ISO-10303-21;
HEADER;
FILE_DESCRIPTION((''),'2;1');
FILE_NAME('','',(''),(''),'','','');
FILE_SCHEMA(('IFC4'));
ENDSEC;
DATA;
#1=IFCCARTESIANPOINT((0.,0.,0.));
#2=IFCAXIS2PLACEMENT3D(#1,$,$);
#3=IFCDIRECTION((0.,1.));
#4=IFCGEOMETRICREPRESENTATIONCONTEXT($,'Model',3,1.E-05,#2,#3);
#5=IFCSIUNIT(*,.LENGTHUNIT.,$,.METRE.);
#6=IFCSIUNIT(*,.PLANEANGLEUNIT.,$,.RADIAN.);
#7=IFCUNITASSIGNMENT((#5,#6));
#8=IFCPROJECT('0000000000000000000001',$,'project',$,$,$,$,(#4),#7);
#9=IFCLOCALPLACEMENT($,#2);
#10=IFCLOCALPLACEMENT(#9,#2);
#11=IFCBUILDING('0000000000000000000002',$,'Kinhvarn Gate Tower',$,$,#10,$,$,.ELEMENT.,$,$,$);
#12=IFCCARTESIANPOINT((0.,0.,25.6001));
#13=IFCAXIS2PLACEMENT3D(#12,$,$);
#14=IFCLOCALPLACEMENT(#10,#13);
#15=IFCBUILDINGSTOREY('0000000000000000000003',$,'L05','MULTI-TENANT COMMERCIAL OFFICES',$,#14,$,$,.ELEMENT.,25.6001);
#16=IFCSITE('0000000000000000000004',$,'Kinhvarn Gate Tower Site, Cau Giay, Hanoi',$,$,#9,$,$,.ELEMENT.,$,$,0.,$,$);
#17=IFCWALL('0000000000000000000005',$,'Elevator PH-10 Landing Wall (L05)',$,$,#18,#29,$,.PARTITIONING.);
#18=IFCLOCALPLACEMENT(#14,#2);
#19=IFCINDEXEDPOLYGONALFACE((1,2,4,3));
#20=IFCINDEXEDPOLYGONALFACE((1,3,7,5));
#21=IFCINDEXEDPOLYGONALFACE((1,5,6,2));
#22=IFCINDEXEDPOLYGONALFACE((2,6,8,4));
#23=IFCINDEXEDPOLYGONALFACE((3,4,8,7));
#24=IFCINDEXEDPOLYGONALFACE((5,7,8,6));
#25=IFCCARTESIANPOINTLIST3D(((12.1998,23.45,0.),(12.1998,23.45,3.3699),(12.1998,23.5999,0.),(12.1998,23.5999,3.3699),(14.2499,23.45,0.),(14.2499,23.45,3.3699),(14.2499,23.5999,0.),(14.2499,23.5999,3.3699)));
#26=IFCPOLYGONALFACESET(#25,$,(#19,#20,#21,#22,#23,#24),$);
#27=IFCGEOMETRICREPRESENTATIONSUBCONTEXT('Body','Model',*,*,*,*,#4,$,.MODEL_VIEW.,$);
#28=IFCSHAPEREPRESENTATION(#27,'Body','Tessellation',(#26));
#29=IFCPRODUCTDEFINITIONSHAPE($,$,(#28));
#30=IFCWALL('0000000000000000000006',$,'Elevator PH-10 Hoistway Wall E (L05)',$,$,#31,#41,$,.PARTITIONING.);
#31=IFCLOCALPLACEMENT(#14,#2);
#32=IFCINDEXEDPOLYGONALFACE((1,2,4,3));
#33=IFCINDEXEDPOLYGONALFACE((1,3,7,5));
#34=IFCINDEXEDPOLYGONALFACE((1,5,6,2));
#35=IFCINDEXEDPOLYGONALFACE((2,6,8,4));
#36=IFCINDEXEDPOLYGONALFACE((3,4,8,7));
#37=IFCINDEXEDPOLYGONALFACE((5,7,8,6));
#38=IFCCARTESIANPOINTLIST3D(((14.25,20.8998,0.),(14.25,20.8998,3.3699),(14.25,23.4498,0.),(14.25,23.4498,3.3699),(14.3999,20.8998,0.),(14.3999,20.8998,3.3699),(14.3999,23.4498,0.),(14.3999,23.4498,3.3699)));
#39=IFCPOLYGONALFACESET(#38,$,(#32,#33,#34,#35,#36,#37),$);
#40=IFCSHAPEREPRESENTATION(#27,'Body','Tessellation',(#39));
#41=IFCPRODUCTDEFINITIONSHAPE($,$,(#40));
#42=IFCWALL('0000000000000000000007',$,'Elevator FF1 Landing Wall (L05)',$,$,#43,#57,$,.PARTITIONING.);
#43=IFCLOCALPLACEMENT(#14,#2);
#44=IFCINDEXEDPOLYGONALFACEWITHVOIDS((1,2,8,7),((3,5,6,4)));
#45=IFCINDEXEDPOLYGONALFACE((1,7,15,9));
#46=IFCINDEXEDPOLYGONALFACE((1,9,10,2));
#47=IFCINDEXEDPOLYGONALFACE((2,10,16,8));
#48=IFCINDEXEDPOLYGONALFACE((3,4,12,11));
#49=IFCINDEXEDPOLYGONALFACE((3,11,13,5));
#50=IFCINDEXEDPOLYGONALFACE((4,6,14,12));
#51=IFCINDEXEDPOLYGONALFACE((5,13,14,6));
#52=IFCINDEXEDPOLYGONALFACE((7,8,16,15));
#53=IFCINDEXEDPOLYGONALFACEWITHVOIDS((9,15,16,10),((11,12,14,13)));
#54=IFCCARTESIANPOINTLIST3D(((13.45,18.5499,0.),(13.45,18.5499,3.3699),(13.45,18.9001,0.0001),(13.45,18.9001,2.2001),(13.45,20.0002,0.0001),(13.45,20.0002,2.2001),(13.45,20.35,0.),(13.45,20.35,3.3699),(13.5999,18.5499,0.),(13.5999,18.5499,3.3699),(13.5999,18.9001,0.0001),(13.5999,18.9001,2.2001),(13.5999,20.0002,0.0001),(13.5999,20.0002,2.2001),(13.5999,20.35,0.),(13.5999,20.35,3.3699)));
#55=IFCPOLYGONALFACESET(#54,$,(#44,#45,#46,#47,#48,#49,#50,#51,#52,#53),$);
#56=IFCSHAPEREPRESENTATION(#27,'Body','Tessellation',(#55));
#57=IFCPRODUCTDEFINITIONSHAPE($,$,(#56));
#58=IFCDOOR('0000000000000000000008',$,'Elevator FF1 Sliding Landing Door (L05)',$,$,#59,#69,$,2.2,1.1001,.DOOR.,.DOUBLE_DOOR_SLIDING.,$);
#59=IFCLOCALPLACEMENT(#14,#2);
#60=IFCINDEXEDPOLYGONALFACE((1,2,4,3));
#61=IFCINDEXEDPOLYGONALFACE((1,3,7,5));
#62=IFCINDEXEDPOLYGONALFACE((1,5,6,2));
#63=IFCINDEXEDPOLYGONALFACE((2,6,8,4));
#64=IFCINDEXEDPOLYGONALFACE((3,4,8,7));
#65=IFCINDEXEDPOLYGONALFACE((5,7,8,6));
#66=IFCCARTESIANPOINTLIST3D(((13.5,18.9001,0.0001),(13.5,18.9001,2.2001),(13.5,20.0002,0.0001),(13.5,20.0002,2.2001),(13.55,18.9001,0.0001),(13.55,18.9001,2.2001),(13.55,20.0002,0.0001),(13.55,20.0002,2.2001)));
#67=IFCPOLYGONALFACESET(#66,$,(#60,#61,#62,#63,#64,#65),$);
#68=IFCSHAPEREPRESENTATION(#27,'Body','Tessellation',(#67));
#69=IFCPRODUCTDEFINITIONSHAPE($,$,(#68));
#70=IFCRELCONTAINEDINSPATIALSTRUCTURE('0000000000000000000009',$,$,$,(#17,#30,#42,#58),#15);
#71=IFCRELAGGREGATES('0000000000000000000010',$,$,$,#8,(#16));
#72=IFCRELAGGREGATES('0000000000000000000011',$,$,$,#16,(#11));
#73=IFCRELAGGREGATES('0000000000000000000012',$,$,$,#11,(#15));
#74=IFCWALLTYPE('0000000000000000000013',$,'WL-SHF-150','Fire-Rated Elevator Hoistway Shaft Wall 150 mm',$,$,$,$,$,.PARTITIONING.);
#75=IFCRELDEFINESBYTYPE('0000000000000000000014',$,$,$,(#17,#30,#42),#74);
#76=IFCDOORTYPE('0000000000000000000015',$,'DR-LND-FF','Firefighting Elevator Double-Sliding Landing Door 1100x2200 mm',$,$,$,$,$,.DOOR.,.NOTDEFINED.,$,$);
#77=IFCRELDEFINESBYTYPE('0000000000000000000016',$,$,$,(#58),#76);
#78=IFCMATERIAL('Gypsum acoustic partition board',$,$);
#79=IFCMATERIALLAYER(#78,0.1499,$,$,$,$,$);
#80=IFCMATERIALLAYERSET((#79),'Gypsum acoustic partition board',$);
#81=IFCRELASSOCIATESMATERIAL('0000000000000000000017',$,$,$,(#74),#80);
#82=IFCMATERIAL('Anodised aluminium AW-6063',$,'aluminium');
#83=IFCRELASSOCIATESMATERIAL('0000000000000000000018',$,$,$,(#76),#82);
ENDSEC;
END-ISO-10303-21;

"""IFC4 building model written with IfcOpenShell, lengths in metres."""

from ifc_helpers import new_model, si_unit, direction, frame, frame_2d, origin, place, context, subcontext, project, spatial, rectangle, extrude, material, layer, layer_set, type_object, element, fill, save


model = new_model("IFC4")

# Units and contexts
model_context = context("Model", 3, precision=1e-05, world=origin(), true_north=direction((0.0, 1.0)))
body_context = subcontext(model_context, "Body", "Model", "MODEL_VIEW")
ifc_project = project(units=[si_unit("LENGTHUNIT", "METRE"), si_unit("PLANEANGLEUNIT", "RADIAN")], contexts=[model_context])

# Site, building, storey
site_placement = place(None, origin())
site = spatial("IfcSite", under=ifc_project, at=site_placement, Name="Kinhvarn Gate Tower Site, Cau Giay, Hanoi", CompositionType="ELEMENT", RefElevation=0.0)
building_placement = place(site_placement, origin())
building = spatial("IfcBuilding", under=site, at=building_placement, Name="Kinhvarn Gate Tower", CompositionType="ELEMENT")
storey_placement = place(building_placement, frame((0.0, 0.0, 25.6001)))
storey = spatial("IfcBuildingStorey", under=building, at=storey_placement, Name="L05", Description="MULTI-TENANT COMMERCIAL OFFICES", CompositionType="ELEMENT", Elevation=25.6001)

# Shared definitions
ifc_material_1 = material(Name="Gypsum acoustic partition board")

# Shared definitions
ifc_material_2 = material(Name="Anodised aluminium AW-6063", Category="aluminium")

# Walls
ifc_layer_1 = layer(ifc_material_1, 0.1499)
ifc_layer_set_1 = layer_set([ifc_layer_1], Name="Gypsum acoustic partition board")
wall_type_1 = type_object("IfcWallType", Name="WL-SHF-150", Description="Fire-Rated Elevator Hoistway Shaft Wall 150 mm", PredefinedType="PARTITIONING", material=ifc_layer_set_1)
wall_1_placement = place(storey_placement, frame((12.2, 23.5249, 0.0), z_axis=(0.0, 0.0, 1.0), x_axis=(1.0, 0.0, 0.0)))
element("IfcWall", 1, at=wall_1_placement, inside=storey, type_object=wall_type_1, Name="Elevator PH-10 Landing Wall (L05)", PredefinedType="PARTITIONING", context=body_context, shape_type="SweptSolid", body=[
    extrude(rectangle(XDim=2.05, YDim=0.1499, at=frame_2d((1.0249, 0.0))), origin(), (0.0, 0.0, 1.0), 3.3699),
])
wall_2_placement = place(storey_placement, frame((14.325, 20.8999, 0.0), z_axis=(0.0, 0.0, 1.0), x_axis=(0.0, 1.0, 0.0)))
element("IfcWall", 2, at=wall_2_placement, inside=storey, type_object=wall_type_1, Name="Elevator PH-10 Hoistway Wall E (L05)", PredefinedType="PARTITIONING", context=body_context, shape_type="SweptSolid", body=[
    extrude(rectangle(XDim=2.55, YDim=0.1499, at=frame_2d((1.2749, 0.0))), origin(), (0.0, 0.0, 1.0), 3.3699),
])

# Wall, opening, door
wall_3_placement = place(storey_placement, frame((13.5249, 18.55, 0.0), z_axis=(0.0, 0.0, 1.0), x_axis=(0.0, 1.0, 0.0)))
wall_3 = element("IfcWall", 3, at=wall_3_placement, inside=storey, type_object=wall_type_1, Name="Elevator FF1 Landing Wall (L05)", PredefinedType="PARTITIONING", context=body_context, shape_type="SweptSolid", body=[
    extrude(rectangle(XDim=1.8, YDim=0.1499, at=frame_2d((0.8999, 0.0))), origin(), (0.0, 0.0, 1.0), 3.3699),
])
opening_1_placement = place(wall_3_placement, frame((0.3501, 0.0, 0.0)))
opening_1 = element("IfcOpeningElement", 4, at=opening_1_placement, cuts=wall_3, PredefinedType="OPENING", context=body_context, shape_type="SweptSolid", body=[
    extrude(rectangle(XDim=1.1001, YDim=2.2, at=frame_2d((0.55, 1.1001))), frame((0.0, 0.085, 0.0), z_axis=(0.0, -1.0, 0.0), x_axis=(1.0, 0.0, 0.0)), (0.0, 0.0, 1.0), 0.1699),
])
door_type_1 = type_object("IfcDoorType", Name="DR-LND-FF", Description="Firefighting Elevator Double-Sliding Landing Door 1100x2200 mm", OperationType="NOTDEFINED", PredefinedType="DOOR", material=ifc_material_2)
door_1_placement = place(opening_1_placement, origin())
door_1 = element("IfcDoor", 5, at=door_1_placement, inside=storey, type_object=door_type_1, Name="Elevator FF1 Sliding Landing Door (L05)", OperationType="DOUBLE_DOOR_SLIDING", OverallHeight=2.2, OverallWidth=1.1001, PredefinedType="DOOR", context=body_context, shape_type="SweptSolid", body=[
    extrude(rectangle(XDim=1.1001, YDim=2.2, at=frame_2d((0.55, 1.1001))), frame((0.0, 0.0249, 0.0), z_axis=(0.0, -1.0, 0.0), x_axis=(1.0, 0.0, 0.0)), (0.0, 0.0, 1.0), 0.05),
])
fill(opening_1, door_1)

save(model, "model.ifc")
